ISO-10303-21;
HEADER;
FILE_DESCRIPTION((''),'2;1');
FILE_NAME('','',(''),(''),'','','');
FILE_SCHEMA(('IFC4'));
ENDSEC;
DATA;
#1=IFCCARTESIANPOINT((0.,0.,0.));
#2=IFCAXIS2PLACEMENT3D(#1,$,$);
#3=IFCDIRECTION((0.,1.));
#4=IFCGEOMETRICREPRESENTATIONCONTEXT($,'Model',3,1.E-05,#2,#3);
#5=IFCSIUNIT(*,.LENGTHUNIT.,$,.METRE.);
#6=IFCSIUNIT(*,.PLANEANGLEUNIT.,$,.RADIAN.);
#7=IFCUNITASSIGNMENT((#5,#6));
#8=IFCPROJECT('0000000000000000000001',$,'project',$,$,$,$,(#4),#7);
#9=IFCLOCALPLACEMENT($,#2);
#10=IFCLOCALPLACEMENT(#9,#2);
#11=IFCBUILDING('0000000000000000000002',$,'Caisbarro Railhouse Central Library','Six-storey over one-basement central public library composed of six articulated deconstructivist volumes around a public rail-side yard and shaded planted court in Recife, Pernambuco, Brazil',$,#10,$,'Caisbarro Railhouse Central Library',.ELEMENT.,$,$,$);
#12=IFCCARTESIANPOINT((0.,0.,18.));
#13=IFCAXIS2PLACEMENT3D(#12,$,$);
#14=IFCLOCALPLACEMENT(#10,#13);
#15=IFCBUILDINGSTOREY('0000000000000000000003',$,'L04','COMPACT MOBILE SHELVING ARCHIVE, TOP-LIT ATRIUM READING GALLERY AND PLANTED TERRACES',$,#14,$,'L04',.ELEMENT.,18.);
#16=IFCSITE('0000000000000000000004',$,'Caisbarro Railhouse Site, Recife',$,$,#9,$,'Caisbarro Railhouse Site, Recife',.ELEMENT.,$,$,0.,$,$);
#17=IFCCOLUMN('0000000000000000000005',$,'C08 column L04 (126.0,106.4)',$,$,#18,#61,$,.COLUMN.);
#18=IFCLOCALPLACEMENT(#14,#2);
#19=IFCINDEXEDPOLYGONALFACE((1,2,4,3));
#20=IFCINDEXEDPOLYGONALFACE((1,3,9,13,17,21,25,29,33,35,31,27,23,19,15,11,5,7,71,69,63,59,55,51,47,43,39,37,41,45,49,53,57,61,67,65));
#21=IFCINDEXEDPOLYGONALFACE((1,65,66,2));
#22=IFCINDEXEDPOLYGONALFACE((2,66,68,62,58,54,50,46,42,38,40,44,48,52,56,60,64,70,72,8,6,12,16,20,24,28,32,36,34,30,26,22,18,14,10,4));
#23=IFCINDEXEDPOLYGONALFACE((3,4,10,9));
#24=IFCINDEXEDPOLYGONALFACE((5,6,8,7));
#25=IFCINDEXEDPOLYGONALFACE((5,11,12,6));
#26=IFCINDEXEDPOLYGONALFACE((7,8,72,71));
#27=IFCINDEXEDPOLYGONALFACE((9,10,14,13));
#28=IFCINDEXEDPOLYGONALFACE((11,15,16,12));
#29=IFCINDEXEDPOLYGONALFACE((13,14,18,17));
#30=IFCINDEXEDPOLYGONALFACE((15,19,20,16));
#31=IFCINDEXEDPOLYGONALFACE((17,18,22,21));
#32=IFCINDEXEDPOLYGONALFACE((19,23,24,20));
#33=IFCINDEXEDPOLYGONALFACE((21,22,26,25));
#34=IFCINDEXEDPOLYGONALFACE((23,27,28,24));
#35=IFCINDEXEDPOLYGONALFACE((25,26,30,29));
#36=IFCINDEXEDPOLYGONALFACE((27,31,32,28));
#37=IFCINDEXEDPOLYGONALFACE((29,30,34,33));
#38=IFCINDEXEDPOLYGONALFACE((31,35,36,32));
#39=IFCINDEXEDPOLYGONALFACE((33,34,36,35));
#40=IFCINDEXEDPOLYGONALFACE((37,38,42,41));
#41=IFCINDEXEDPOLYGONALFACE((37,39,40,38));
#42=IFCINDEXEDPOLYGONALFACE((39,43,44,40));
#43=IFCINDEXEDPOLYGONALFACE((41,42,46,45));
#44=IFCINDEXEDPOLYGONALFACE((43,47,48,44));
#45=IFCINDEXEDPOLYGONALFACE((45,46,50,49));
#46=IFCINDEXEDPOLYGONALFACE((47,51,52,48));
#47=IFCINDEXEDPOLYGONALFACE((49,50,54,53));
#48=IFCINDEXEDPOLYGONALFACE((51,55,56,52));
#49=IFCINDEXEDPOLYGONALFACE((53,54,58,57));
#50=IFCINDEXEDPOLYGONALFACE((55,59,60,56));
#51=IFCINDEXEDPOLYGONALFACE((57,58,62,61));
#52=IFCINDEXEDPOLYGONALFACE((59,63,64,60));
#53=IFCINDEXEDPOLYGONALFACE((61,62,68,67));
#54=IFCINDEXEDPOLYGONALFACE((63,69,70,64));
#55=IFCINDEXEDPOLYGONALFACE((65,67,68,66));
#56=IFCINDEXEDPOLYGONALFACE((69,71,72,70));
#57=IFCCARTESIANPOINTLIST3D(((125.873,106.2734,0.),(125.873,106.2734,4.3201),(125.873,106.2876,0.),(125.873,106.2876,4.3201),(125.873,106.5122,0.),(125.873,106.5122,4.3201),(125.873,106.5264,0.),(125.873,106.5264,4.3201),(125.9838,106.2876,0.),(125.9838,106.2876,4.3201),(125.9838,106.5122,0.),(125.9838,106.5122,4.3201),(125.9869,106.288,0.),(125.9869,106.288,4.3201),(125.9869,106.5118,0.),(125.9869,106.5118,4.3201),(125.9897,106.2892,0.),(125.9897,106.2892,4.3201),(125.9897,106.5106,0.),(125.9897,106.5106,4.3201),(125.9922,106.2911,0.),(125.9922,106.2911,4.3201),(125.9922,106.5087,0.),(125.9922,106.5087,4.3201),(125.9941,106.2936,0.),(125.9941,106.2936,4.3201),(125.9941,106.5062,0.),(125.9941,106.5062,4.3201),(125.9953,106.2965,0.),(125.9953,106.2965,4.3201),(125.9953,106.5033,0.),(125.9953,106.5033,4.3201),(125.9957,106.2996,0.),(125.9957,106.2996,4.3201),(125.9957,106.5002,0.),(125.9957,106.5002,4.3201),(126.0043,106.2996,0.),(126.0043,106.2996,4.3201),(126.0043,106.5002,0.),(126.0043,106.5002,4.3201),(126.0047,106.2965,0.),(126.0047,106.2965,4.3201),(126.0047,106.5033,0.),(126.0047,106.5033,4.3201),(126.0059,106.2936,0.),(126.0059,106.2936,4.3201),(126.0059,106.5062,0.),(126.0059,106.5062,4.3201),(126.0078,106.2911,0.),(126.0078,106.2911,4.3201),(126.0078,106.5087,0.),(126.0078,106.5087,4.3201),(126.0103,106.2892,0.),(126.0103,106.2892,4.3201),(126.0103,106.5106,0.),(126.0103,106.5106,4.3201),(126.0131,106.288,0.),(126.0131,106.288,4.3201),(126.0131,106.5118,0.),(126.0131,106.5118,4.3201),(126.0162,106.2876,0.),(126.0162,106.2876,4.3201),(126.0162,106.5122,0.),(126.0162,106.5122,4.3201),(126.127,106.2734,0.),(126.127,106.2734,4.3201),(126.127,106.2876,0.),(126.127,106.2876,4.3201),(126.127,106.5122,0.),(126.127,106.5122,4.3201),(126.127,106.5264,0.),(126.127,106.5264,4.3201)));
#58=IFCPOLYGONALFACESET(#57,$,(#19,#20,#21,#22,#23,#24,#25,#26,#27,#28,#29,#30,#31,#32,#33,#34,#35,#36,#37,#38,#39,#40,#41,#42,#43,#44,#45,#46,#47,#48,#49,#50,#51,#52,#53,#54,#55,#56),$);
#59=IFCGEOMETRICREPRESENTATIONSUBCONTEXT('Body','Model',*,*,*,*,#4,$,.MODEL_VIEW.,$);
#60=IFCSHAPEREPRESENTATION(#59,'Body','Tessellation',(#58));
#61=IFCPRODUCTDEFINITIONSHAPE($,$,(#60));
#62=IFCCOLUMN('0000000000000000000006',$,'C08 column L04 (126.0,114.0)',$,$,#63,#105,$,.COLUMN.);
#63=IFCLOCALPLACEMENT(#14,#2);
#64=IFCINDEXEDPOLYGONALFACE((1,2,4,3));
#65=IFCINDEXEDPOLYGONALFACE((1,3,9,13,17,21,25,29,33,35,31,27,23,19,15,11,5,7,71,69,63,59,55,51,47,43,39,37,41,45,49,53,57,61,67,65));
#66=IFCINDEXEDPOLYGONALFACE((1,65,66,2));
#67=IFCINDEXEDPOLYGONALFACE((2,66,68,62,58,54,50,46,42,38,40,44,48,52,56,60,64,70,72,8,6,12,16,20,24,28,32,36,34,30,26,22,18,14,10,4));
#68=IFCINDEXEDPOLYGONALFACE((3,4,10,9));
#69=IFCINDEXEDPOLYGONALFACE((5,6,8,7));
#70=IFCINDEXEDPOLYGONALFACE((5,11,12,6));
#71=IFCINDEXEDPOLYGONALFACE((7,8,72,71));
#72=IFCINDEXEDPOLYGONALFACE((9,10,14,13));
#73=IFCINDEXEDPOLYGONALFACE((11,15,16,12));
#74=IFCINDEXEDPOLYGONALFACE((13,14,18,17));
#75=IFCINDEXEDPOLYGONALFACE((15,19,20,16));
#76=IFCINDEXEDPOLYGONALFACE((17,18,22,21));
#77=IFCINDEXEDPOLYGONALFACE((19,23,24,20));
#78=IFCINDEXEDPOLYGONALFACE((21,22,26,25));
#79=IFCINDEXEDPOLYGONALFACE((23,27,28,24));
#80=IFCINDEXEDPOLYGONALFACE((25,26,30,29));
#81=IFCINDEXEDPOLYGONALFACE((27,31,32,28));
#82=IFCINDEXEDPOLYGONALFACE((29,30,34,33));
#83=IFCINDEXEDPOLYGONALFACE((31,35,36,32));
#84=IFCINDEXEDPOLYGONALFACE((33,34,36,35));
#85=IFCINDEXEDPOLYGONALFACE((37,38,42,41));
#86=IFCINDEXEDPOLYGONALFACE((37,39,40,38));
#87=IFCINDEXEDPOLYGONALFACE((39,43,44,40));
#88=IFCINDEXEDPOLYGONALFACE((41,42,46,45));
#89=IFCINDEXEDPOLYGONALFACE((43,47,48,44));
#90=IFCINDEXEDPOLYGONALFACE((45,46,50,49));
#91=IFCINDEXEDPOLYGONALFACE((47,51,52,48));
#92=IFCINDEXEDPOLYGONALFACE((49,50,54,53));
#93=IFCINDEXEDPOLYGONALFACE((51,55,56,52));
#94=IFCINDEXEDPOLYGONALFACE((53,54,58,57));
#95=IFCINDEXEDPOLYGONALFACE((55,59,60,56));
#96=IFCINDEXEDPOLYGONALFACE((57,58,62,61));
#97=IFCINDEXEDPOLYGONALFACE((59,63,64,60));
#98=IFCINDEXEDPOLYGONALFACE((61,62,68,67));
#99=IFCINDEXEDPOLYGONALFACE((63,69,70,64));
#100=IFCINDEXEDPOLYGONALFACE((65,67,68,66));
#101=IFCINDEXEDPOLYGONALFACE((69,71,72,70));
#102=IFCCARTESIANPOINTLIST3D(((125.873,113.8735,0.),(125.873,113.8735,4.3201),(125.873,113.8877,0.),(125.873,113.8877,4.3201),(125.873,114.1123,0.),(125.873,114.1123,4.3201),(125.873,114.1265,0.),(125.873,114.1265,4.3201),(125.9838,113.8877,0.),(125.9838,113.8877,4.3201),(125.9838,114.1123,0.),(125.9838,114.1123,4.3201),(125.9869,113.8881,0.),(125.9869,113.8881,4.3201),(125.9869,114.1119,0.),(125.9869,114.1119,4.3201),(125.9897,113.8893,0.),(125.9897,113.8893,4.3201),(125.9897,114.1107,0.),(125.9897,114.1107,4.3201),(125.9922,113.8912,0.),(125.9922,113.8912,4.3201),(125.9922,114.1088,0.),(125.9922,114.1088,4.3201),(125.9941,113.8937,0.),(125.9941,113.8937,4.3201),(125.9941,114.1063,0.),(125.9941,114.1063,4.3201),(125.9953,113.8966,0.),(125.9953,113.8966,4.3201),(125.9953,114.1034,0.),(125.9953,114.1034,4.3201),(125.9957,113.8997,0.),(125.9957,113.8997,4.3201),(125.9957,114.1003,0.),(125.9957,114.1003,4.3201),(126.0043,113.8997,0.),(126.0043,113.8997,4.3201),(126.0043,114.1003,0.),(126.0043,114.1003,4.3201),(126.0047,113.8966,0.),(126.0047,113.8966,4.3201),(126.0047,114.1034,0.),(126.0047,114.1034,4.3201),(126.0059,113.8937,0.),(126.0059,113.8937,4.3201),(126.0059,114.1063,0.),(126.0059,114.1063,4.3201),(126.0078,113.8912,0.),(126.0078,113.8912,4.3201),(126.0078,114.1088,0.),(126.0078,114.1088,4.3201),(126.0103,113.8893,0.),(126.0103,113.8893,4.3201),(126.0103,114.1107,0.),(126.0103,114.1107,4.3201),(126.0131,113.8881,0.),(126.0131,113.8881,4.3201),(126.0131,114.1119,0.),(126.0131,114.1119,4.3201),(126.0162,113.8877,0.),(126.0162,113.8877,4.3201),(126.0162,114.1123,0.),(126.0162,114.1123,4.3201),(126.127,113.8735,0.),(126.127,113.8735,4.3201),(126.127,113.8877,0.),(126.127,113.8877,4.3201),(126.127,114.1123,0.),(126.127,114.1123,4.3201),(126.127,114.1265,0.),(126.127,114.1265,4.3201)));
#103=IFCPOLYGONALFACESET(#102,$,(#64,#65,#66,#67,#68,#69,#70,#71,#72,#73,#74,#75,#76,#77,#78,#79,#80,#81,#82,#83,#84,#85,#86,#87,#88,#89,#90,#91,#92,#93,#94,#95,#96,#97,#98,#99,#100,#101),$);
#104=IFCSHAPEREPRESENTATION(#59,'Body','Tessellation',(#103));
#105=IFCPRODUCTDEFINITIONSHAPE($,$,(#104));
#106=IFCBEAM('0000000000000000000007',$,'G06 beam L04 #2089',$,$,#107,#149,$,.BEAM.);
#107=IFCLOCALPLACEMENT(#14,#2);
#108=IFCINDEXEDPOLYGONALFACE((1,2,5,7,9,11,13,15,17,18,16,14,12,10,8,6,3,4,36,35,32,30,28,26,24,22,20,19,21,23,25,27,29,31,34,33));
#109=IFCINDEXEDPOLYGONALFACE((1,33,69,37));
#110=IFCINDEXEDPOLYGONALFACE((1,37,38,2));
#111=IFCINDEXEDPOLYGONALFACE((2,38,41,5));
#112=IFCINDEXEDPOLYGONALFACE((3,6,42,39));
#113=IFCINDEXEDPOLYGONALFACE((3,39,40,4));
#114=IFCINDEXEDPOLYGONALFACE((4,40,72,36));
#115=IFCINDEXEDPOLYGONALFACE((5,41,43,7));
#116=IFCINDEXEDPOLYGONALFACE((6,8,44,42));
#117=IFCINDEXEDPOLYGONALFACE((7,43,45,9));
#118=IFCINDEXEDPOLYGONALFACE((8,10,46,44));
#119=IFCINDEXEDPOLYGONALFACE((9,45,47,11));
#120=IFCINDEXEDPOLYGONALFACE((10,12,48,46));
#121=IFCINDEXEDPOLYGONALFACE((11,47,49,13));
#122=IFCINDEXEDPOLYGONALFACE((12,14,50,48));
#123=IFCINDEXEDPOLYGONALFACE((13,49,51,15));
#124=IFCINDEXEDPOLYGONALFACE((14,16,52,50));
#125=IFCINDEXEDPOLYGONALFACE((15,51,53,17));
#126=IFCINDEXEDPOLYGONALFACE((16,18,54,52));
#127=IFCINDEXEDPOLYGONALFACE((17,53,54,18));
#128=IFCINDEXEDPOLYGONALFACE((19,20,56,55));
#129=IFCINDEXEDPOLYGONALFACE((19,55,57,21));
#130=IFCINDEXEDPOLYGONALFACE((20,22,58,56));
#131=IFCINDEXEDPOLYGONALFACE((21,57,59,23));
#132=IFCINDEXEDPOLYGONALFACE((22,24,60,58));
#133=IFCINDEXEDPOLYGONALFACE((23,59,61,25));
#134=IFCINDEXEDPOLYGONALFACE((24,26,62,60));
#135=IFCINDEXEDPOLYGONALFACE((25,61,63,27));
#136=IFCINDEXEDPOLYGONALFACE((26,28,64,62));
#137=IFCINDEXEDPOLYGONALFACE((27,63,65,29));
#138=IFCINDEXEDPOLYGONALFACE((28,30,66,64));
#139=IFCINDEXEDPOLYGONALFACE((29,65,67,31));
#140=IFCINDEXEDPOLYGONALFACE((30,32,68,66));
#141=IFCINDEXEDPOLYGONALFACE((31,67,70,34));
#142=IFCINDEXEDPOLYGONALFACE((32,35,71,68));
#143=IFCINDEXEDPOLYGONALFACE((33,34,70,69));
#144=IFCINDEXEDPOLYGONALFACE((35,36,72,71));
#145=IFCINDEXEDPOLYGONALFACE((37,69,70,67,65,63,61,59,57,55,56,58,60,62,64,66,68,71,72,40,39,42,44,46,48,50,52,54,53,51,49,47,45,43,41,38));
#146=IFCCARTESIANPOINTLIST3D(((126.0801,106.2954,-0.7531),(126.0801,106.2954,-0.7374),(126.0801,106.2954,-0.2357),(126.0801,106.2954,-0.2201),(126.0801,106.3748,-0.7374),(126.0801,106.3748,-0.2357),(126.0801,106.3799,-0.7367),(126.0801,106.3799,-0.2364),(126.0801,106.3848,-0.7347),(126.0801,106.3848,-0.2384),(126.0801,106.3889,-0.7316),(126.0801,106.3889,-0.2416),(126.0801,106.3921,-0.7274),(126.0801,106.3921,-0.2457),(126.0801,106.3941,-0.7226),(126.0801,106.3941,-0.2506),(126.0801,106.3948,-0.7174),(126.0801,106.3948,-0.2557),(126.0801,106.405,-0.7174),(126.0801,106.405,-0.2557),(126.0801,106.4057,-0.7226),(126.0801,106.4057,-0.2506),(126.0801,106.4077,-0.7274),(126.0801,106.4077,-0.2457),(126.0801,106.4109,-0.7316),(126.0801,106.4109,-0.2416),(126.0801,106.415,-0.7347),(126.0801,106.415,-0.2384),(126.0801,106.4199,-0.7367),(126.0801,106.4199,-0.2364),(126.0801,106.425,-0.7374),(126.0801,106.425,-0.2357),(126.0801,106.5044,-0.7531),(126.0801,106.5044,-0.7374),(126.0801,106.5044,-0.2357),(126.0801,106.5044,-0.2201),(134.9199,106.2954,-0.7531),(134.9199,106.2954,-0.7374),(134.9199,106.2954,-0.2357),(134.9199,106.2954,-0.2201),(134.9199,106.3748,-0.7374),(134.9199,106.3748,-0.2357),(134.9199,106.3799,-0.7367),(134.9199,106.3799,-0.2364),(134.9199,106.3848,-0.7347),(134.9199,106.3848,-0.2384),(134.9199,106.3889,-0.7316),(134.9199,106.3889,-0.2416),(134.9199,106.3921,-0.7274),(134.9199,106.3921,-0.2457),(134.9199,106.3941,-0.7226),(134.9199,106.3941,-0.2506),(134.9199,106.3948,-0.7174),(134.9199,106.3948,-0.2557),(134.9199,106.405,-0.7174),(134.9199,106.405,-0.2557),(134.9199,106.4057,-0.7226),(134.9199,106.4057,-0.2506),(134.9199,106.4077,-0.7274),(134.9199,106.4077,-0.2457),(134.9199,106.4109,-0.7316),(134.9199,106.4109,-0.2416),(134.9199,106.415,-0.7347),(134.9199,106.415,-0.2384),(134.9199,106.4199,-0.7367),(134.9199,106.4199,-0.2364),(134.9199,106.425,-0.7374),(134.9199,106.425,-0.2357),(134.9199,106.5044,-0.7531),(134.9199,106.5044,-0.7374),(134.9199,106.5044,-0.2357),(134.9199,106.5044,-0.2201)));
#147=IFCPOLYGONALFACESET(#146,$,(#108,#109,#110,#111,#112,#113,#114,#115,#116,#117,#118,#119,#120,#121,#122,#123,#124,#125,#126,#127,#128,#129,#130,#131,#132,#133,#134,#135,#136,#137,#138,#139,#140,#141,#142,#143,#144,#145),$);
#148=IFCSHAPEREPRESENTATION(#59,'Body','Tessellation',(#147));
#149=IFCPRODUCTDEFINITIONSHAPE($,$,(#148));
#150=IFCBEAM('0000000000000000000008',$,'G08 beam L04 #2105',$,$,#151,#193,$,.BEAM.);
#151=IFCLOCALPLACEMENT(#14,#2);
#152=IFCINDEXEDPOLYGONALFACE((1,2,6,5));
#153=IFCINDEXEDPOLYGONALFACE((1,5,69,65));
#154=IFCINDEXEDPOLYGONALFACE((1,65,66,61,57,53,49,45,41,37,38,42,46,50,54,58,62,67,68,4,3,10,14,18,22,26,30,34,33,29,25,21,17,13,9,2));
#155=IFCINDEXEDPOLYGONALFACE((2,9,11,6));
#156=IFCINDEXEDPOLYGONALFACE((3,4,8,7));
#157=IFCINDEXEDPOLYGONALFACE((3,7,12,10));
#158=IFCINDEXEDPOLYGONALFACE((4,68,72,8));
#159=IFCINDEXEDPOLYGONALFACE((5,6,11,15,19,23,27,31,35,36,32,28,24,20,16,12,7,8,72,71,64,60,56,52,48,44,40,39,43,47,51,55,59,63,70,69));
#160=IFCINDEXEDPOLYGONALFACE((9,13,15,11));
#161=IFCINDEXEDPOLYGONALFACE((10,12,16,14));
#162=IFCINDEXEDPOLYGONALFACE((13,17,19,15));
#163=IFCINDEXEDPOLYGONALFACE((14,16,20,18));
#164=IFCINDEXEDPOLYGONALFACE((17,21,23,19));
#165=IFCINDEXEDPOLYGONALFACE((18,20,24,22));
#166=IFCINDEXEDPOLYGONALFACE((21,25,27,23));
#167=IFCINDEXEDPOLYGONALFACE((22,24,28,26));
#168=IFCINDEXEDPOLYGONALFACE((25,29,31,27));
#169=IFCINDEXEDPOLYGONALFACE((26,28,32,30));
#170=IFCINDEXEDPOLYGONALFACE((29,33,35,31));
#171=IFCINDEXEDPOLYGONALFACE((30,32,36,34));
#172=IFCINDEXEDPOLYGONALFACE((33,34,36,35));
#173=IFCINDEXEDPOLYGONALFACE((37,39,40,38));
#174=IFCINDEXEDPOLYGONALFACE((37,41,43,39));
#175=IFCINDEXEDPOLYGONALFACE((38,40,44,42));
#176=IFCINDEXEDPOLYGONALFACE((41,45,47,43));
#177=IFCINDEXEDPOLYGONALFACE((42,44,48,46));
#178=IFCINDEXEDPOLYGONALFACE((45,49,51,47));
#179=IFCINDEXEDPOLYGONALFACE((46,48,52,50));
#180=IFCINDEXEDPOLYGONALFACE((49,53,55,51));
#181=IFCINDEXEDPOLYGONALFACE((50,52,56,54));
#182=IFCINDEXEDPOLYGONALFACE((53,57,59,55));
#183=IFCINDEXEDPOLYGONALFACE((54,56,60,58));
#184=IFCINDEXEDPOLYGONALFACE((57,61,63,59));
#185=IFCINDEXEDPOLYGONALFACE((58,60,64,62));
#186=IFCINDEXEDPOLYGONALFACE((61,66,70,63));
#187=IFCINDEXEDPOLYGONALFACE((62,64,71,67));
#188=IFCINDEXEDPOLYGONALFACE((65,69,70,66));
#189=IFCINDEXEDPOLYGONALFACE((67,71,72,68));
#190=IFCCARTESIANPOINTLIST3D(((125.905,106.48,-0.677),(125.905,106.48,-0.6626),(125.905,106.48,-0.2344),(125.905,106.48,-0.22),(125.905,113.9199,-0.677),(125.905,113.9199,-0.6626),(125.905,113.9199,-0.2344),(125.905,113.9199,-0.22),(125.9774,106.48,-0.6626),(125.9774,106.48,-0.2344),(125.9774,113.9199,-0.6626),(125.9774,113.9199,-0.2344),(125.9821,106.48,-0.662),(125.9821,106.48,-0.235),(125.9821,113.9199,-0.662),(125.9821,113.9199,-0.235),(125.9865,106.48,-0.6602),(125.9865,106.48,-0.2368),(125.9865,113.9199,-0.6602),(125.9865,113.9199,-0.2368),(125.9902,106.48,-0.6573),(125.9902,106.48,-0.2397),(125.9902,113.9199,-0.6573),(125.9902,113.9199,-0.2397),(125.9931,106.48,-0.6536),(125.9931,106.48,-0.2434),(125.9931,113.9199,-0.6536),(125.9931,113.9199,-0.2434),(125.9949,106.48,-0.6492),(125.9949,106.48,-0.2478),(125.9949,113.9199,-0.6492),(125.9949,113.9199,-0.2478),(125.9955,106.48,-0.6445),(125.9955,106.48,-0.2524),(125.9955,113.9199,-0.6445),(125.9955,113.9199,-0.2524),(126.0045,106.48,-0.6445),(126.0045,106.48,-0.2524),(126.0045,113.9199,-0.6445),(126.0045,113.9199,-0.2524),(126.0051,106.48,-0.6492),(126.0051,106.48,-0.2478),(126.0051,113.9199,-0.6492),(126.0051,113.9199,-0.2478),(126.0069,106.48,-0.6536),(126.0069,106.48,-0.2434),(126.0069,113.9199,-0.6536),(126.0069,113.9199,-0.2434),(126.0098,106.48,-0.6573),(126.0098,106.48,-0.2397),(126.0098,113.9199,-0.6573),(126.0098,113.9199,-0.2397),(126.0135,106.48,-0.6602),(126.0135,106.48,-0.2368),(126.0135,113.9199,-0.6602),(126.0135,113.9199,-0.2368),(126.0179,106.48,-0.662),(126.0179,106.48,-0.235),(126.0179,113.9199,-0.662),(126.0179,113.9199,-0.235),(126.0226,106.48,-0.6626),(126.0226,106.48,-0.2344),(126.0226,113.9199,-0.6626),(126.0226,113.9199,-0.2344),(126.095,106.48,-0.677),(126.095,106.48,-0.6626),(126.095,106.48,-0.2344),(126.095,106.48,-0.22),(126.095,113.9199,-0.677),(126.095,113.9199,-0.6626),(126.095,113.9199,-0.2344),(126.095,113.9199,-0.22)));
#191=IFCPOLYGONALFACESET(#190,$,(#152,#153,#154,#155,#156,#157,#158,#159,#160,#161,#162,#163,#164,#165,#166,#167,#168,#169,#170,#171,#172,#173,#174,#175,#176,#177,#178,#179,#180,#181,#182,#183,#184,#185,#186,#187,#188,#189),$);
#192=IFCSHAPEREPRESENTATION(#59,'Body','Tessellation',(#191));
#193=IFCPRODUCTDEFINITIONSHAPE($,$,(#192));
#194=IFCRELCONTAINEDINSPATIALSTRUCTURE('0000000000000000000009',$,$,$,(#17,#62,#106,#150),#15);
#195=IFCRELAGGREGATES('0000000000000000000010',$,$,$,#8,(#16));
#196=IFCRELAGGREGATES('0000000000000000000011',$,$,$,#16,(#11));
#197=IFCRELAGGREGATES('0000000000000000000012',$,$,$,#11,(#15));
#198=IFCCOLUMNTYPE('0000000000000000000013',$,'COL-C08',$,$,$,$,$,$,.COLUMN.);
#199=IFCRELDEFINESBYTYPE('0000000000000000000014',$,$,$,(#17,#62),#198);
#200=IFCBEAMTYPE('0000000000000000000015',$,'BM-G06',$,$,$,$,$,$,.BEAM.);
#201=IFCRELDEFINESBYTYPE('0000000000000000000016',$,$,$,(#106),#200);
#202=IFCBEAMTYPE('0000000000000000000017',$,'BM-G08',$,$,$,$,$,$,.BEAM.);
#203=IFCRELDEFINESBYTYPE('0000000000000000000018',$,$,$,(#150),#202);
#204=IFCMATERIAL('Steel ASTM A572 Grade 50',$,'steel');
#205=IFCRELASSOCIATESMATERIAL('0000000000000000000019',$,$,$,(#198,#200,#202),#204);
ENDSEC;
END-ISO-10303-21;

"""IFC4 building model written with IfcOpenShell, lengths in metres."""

from ifc_helpers import new_model, si_unit, direction, frame, origin, origin_2d, place, context, subcontext, project, spatial, i_section, extrude, material, material_profile, profile_set, type_object, element, save


model = new_model("IFC4")

# Units and contexts
model_context = context("Model", 3, precision=1e-05, world=origin(), true_north=direction((0.0, 1.0)))
body_context = subcontext(model_context, "Body", "Model", "MODEL_VIEW")
ifc_project = project(units=[si_unit("LENGTHUNIT", "METRE"), si_unit("PLANEANGLEUNIT", "RADIAN")], contexts=[model_context])

# Site, building, storey
site_placement = place(None, origin())
site = spatial("IfcSite", under=ifc_project, at=site_placement, Name="Caisbarro Railhouse Site, Recife", LongName="Caisbarro Railhouse Site, Recife", CompositionType="ELEMENT", RefElevation=0.0)
building_placement = place(site_placement, origin())
building = spatial("IfcBuilding", under=site, at=building_placement, Name="Caisbarro Railhouse Central Library", Description="Six-storey over one-basement central public library composed of six articulated deconstructivist volumes around a public rail-side yard and shaded planted court in Recife, Pernambuco, Brazil", LongName="Caisbarro Railhouse Central Library", CompositionType="ELEMENT")
storey_placement = place(building_placement, frame((0.0, 0.0, 18.0)))
storey = spatial("IfcBuildingStorey", under=building, at=storey_placement, Name="L04", Description="COMPACT MOBILE SHELVING ARCHIVE, TOP-LIT ATRIUM READING GALLERY AND PLANTED TERRACES", LongName="L04", CompositionType="ELEMENT", Elevation=18.0)

# Columns
ifc_material_1 = material(Name="Steel ASTM A572 Grade 50", Category="steel")
ifc_material_profile_1 = material_profile(ifc_material_1, i_section(OverallWidth=0.2539, OverallDepth=0.2529, WebThickness=0.0085, FlangeThickness=0.0142, FilletRadius=0.012, at=origin_2d()), Name="W250X73.0")
ifc_profile_set_1 = profile_set([ifc_material_profile_1], Name="Steel ASTM A572 Grade 50")
column_type = type_object("IfcColumnType", Name="COL-C08", PredefinedType="COLUMN", material=ifc_profile_set_1)
for number, where, z_axis, x_axis, name in (
    (1, (126.0, 106.3999, 0.0), (0.0, 0.0, 1.0), (1.0, 0.0, 0.0), "C08 column L04 (126.0,106.4)"),
    (2, (126.0, 114.0, 0.0), (0.0, 0.0, 1.0), (1.0, 0.0, 0.0), "C08 column L04 (126.0,114.0)"),
):
    element("IfcColumn", number, at=place(storey_placement, frame(where, z_axis=z_axis, x_axis=x_axis)), inside=storey, type_object=column_type, Name=name, PredefinedType="COLUMN", context=body_context, shape_type="SweptSolid", body=[
        extrude(i_section(OverallWidth=0.2539, OverallDepth=0.2529, WebThickness=0.0085, FlangeThickness=0.0142, FilletRadius=0.012, at=origin_2d()), origin(), (0.0, 0.0, 1.0), 4.3201),
    ])

# Beams
ifc_material_profile_2 = material_profile(ifc_material_1, i_section(OverallWidth=0.209, OverallDepth=0.533, WebThickness=0.0103, FlangeThickness=0.0156, FilletRadius=0.02, at=origin_2d()), Name="W530X92.0")
ifc_profile_set_2 = profile_set([ifc_material_profile_2], Name="Steel ASTM A572 Grade 50")
beam_type_1 = type_object("IfcBeamType", Name="BM-G06", PredefinedType="BEAM", material=ifc_profile_set_2)
beam_1_placement = place(storey_placement, frame((126.0801, 106.3999, -0.4866), z_axis=(1.0, 0.0, 0.0), x_axis=(0.0, 1.0, 0.0)))
element("IfcBeam", 3, at=beam_1_placement, inside=storey, type_object=beam_type_1, Name="G06 beam L04 #2089", PredefinedType="BEAM", context=body_context, shape_type="SweptSolid", body=[
    extrude(i_section(OverallWidth=0.209, OverallDepth=0.533, WebThickness=0.0103, FlangeThickness=0.0156, FilletRadius=0.02, at=origin_2d()), origin(), (0.0, 0.0, 1.0), 8.8398),
])
ifc_material_profile_3 = material_profile(ifc_material_1, i_section(OverallWidth=0.1899, OverallDepth=0.457, WebThickness=0.009, FlangeThickness=0.0144, FilletRadius=0.0181, at=origin_2d()), Name="W460X74.0")
ifc_profile_set_3 = profile_set([ifc_material_profile_3], Name="Steel ASTM A572 Grade 50")
beam_type_2 = type_object("IfcBeamType", Name="BM-G08", PredefinedType="BEAM", material=ifc_profile_set_3)
beam_2_placement = place(storey_placement, frame((126.0, 106.48, -0.4485), z_axis=(0.0, 1.0, 0.0), x_axis=(-1.0, 0.0, 0.0)))
element("IfcBeam", 4, at=beam_2_placement, inside=storey, type_object=beam_type_2, Name="G08 beam L04 #2105", PredefinedType="BEAM", context=body_context, shape_type="SweptSolid", body=[
    extrude(i_section(OverallWidth=0.1899, OverallDepth=0.457, WebThickness=0.009, FlangeThickness=0.0144, FilletRadius=0.0181, at=origin_2d()), origin(), (0.0, 0.0, 1.0), 7.4399),
])

save(model, "model.ifc")
